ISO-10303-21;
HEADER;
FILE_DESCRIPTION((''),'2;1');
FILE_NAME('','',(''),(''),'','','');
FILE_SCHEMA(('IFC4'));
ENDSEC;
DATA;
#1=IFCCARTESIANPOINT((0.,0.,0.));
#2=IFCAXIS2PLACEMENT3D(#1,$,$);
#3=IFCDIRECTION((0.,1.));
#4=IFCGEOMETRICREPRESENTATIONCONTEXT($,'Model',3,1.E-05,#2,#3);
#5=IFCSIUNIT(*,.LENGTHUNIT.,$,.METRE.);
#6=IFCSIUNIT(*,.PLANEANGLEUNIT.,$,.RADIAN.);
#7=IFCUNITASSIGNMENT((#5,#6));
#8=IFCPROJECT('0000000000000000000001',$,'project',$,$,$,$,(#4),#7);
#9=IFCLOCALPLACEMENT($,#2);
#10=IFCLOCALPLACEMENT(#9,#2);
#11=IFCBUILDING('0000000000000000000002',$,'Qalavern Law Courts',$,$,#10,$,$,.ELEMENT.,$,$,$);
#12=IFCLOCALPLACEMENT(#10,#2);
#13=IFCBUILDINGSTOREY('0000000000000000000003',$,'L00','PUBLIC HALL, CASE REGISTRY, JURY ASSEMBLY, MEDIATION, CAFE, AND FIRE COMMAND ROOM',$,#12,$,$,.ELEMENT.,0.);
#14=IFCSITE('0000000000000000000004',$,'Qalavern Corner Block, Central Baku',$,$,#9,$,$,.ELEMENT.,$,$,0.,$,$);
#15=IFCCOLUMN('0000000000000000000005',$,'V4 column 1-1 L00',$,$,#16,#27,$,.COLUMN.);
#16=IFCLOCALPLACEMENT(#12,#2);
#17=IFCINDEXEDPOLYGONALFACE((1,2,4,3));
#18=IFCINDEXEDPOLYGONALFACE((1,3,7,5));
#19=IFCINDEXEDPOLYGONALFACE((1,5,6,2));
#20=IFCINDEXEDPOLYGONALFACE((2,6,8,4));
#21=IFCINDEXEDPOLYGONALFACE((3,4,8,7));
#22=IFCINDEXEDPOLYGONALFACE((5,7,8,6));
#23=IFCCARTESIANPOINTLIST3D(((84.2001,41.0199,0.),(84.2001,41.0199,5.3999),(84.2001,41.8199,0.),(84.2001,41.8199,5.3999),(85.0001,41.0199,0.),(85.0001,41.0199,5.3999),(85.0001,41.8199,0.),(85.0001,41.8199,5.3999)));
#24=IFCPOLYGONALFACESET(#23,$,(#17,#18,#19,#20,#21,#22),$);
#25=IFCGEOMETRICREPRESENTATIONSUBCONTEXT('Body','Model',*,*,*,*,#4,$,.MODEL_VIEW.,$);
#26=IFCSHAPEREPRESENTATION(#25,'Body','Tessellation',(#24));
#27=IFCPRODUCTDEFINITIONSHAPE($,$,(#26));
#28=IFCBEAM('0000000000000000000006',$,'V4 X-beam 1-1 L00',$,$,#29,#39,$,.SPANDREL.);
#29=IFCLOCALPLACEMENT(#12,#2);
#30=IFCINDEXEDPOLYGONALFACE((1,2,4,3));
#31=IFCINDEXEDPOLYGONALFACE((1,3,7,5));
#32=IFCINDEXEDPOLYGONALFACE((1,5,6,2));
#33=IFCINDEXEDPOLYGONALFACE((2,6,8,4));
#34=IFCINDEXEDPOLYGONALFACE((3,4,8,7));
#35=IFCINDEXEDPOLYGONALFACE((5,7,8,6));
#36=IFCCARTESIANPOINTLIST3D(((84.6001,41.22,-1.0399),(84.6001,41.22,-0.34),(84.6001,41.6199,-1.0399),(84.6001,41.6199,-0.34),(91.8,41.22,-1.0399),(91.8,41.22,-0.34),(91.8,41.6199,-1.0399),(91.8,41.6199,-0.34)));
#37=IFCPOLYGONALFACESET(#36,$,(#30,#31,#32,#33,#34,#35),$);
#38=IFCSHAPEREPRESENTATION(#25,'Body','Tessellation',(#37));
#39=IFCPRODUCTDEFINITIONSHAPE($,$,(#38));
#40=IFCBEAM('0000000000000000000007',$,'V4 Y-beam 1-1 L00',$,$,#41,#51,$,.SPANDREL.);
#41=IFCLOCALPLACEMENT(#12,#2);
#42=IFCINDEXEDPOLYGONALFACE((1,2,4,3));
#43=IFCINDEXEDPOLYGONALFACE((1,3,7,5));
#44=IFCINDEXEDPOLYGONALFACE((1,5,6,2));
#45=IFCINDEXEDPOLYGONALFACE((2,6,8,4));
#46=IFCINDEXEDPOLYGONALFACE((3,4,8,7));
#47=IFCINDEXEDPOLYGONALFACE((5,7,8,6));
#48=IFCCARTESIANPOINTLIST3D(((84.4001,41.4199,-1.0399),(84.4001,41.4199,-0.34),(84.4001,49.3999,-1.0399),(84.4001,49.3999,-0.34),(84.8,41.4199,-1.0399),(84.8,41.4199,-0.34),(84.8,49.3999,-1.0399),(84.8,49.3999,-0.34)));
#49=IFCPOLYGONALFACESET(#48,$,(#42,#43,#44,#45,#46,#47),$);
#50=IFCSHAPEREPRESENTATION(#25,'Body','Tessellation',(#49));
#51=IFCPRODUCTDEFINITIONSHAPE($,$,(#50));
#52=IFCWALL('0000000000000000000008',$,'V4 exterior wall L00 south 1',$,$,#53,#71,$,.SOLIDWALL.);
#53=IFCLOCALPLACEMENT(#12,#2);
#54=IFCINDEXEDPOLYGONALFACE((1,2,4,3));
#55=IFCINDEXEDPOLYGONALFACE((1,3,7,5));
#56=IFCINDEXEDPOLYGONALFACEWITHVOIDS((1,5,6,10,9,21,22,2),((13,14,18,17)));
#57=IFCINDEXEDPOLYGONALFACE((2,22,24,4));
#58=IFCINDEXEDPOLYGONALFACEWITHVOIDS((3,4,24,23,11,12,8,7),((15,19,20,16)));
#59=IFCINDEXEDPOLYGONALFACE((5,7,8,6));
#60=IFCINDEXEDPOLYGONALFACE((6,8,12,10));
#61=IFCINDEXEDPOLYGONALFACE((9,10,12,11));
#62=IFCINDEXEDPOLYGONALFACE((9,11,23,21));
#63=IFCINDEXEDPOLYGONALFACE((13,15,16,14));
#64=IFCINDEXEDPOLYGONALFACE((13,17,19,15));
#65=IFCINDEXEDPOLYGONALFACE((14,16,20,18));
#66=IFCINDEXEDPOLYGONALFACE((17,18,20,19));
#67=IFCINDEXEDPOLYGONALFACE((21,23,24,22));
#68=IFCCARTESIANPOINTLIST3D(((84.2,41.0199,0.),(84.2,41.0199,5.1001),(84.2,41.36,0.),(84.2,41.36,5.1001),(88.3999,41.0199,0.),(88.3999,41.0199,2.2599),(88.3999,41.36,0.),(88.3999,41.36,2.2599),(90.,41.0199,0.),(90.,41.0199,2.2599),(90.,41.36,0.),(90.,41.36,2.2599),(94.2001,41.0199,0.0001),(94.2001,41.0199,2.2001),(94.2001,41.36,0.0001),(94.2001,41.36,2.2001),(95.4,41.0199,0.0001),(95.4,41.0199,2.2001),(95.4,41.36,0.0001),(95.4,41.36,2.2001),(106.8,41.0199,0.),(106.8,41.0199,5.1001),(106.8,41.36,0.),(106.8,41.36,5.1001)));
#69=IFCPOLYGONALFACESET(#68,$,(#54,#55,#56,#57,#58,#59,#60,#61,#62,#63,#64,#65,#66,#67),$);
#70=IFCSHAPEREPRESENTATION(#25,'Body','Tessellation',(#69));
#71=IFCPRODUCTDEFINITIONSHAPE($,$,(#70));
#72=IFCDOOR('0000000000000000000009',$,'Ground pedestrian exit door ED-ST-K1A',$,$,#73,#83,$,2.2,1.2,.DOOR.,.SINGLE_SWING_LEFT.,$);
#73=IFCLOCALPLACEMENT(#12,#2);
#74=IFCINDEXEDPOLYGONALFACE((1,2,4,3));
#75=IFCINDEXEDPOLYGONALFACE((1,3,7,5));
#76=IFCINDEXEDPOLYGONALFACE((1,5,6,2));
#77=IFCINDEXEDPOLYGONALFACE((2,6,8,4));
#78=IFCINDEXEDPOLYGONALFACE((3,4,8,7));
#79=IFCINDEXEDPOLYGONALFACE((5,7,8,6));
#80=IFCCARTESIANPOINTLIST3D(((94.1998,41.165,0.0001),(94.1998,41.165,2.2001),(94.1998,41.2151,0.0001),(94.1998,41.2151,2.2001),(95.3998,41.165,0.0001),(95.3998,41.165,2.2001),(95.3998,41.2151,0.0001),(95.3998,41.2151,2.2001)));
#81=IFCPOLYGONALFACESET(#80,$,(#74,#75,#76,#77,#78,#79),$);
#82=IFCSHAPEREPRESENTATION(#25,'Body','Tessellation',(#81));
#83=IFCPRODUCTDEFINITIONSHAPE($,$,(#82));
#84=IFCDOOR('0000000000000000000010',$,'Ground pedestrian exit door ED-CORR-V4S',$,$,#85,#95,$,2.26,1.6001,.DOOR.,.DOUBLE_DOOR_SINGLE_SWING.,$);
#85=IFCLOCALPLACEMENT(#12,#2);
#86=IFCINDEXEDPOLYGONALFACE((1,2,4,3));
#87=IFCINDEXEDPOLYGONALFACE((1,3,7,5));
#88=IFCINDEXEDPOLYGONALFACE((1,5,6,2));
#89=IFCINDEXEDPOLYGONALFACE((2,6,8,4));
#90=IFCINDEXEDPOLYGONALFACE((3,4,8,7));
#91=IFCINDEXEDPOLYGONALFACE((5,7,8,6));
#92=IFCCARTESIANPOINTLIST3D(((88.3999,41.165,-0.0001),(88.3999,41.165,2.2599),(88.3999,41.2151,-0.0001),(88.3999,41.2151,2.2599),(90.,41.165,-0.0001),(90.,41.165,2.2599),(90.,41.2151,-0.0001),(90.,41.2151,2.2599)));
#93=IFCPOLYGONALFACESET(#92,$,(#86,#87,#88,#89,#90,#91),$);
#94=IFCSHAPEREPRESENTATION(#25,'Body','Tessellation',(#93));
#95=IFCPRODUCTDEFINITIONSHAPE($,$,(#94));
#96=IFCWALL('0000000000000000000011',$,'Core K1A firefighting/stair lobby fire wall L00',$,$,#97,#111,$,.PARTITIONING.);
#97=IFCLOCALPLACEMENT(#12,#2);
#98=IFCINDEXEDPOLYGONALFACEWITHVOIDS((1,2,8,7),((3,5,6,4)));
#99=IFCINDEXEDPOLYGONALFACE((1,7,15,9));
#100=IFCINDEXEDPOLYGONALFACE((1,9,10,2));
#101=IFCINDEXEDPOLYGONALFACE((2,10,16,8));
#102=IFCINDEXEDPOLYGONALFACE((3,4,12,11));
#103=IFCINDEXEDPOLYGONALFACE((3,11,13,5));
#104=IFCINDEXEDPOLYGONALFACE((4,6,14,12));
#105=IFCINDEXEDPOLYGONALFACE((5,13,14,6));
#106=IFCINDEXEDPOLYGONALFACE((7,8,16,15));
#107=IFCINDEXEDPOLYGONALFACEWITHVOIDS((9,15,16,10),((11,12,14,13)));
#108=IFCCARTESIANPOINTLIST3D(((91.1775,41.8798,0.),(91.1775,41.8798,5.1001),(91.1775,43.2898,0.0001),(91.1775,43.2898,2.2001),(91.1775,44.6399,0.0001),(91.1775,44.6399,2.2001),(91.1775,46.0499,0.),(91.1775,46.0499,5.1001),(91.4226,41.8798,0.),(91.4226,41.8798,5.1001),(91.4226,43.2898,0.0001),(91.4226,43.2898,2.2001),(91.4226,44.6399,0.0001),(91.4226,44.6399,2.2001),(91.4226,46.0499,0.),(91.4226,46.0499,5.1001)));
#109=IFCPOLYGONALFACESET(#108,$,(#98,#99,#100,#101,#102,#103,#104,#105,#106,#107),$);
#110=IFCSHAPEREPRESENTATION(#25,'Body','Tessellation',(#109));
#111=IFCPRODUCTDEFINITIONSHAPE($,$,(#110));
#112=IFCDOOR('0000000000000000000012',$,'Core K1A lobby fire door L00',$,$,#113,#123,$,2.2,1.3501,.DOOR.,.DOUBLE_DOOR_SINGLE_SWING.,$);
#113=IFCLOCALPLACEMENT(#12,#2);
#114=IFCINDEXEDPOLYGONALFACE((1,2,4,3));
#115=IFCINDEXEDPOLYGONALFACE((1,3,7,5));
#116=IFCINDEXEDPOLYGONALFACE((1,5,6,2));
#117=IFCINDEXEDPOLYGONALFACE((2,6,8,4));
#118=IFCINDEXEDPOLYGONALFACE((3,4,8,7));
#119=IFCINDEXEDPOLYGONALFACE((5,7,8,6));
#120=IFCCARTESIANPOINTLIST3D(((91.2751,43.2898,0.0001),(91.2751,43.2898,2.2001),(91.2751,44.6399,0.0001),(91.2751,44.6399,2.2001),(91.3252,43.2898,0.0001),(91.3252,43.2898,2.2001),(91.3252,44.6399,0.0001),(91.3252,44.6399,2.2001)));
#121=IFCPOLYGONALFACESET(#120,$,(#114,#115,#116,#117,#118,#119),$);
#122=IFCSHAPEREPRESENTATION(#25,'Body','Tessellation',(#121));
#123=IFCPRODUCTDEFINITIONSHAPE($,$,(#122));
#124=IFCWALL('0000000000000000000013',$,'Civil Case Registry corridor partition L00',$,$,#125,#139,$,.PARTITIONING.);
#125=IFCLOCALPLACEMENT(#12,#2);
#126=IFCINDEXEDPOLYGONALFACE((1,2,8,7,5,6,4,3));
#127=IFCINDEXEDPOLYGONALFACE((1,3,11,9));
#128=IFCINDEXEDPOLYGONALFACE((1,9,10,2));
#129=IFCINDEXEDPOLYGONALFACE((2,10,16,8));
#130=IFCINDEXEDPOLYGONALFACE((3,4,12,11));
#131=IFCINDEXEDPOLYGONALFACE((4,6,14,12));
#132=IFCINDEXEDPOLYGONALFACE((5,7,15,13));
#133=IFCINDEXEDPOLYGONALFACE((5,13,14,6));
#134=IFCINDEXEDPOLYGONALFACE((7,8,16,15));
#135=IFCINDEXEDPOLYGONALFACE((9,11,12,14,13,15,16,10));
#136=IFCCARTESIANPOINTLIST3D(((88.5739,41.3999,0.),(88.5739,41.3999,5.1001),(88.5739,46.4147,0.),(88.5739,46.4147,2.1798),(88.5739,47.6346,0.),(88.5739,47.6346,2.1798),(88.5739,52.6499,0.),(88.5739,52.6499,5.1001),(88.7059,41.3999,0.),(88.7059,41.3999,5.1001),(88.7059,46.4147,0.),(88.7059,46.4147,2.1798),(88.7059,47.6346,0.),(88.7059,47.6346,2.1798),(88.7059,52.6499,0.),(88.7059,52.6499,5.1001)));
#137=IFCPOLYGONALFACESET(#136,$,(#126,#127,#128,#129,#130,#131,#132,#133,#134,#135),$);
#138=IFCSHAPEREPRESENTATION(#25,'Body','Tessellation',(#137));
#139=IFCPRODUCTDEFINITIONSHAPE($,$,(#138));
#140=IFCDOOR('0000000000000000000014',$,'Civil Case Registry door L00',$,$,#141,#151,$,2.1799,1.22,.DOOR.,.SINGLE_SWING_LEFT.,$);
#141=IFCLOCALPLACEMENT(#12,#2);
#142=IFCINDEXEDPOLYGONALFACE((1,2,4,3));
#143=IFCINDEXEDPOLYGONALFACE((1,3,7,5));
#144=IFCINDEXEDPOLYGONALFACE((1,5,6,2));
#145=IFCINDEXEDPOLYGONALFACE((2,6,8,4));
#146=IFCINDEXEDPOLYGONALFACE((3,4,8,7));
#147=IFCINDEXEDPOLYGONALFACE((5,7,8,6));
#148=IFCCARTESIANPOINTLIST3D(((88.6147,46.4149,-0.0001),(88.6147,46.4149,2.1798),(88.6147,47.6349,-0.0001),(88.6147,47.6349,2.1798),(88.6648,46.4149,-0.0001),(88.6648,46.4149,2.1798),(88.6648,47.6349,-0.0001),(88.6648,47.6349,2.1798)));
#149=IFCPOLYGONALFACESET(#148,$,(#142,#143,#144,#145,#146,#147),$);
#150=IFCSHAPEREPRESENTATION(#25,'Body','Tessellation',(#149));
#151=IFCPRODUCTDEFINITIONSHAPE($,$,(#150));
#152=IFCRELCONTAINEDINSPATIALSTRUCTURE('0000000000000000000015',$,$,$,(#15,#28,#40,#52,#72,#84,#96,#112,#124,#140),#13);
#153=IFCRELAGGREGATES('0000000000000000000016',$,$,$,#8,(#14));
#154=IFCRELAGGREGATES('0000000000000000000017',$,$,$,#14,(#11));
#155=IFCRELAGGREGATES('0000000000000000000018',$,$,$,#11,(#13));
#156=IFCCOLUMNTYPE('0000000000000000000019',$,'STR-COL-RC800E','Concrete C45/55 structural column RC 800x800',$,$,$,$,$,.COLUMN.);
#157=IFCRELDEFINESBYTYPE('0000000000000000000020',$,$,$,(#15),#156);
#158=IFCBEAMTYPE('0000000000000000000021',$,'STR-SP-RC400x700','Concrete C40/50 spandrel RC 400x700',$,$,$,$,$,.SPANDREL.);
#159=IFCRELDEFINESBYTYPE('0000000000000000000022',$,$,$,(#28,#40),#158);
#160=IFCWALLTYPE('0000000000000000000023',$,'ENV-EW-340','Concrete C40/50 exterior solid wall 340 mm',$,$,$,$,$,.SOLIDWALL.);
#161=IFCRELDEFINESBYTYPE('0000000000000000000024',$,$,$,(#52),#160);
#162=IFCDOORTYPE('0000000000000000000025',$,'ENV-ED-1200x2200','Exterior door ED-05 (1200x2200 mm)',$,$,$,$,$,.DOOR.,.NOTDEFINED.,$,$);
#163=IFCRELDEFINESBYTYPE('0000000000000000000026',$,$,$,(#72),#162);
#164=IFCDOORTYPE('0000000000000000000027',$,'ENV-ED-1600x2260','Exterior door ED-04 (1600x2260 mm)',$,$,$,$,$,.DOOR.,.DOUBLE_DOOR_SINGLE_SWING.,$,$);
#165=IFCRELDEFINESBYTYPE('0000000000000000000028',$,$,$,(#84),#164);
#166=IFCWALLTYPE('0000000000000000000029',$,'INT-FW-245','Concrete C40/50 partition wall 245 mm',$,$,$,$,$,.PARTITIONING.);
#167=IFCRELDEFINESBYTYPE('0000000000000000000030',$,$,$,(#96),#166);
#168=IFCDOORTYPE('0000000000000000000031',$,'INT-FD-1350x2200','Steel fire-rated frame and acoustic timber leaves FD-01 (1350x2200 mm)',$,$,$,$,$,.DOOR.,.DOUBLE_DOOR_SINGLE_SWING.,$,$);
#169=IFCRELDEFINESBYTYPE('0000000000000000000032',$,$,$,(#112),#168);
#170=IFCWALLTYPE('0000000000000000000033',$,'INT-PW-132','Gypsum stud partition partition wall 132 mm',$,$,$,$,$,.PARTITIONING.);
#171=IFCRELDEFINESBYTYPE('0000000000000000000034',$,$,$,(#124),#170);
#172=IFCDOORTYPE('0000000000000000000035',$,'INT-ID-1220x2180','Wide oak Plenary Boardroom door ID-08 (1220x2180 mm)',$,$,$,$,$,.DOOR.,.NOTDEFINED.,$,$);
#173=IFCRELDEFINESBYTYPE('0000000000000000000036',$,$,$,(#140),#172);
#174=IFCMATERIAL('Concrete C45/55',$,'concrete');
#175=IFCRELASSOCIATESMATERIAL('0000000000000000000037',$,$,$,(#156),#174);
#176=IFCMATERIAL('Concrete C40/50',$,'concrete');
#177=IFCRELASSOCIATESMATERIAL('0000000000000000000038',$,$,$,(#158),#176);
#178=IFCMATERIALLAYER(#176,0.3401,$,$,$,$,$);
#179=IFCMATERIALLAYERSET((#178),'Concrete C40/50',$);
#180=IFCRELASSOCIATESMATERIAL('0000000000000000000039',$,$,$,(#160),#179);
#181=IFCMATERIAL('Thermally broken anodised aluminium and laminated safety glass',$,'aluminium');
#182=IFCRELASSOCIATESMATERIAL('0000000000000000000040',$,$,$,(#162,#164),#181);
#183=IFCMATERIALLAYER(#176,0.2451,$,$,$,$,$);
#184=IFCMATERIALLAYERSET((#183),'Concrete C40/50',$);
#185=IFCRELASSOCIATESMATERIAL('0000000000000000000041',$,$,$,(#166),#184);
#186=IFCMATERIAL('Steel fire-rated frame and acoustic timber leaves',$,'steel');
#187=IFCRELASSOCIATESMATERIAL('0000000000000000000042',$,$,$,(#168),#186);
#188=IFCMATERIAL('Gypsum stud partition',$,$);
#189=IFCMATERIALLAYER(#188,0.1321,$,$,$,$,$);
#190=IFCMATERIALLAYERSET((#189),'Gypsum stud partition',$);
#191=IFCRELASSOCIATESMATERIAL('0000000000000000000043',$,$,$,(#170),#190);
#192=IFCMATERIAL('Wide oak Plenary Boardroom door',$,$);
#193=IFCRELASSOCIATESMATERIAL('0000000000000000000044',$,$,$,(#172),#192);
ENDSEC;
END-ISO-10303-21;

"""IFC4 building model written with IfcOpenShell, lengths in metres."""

from ifc_helpers import new_model, si_unit, direction, frame, frame_2d, origin, origin_2d, place, context, subcontext, project, spatial, rectangle, extrude, material, layer, layer_set, material_profile, profile_set, type_object, element, fill, save


model = new_model("IFC4")

# Units and contexts
model_context = context("Model", 3, precision=1e-05, world=origin(), true_north=direction((0.0, 1.0)))
body_context = subcontext(model_context, "Body", "Model", "MODEL_VIEW")
ifc_project = project(units=[si_unit("LENGTHUNIT", "METRE"), si_unit("PLANEANGLEUNIT", "RADIAN")], contexts=[model_context])

# Site, building, storey
site_placement = place(None, origin())
site = spatial("IfcSite", under=ifc_project, at=site_placement, Name="Qalavern Corner Block, Central Baku", CompositionType="ELEMENT", RefElevation=0.0)
building_placement = place(site_placement, origin())
building = spatial("IfcBuilding", under=site, at=building_placement, Name="Qalavern Law Courts", CompositionType="ELEMENT")
storey_placement = place(building_placement, origin())
storey = spatial("IfcBuildingStorey", under=building, at=storey_placement, Name="L00", Description="PUBLIC HALL, CASE REGISTRY, JURY ASSEMBLY, MEDIATION, CAFE, AND FIRE COMMAND ROOM", CompositionType="ELEMENT", Elevation=0.0)

# Column
ifc_material_1 = material(Name="Concrete C45/55", Category="concrete")
ifc_material_profile_1 = material_profile(ifc_material_1, rectangle(XDim=0.8, YDim=0.8, at=origin_2d()), Name="RC 800x800")
ifc_profile_set_1 = profile_set([ifc_material_profile_1], Name="Concrete C45/55")
column_type = type_object("IfcColumnType", Name="STR-COL-RC800E", Description="Concrete C45/55 structural column RC 800x800", PredefinedType="COLUMN", material=ifc_profile_set_1)
column_placement = place(storey_placement, frame((84.6001, 41.4199, 0.0), z_axis=(0.0, 0.0, 1.0), x_axis=(1.0, 0.0, 0.0)))
element("IfcColumn", 1, at=column_placement, inside=storey, type_object=column_type, Name="V4 column 1-1 L00", PredefinedType="COLUMN", context=body_context, shape_type="SweptSolid", body=[
    extrude(rectangle(XDim=0.8, YDim=0.8, at=origin_2d()), origin(), (0.0, 0.0, 1.0), 5.3999),
])

# Beams
ifc_material_2 = material(Name="Concrete C40/50", Category="concrete")
ifc_material_profile_2 = material_profile(ifc_material_2, rectangle(XDim=0.3999, YDim=0.7, at=origin_2d()), Name="RC 400x700")
ifc_profile_set_2 = profile_set([ifc_material_profile_2], Name="Concrete C40/50")
beam_type = type_object("IfcBeamType", Name="STR-SP-RC400x700", Description="Concrete C40/50 spandrel RC 400x700", PredefinedType="SPANDREL", material=ifc_profile_set_2)
beam_1_placement = place(storey_placement, frame((84.6001, 41.4199, -0.6899), z_axis=(1.0, 0.0, 0.0), x_axis=(0.0, 1.0, 0.0)))
element("IfcBeam", 2, at=beam_1_placement, inside=storey, type_object=beam_type, Name="V4 X-beam 1-1 L00", PredefinedType="SPANDREL", context=body_context, shape_type="SweptSolid", body=[
    extrude(rectangle(XDim=0.3999, YDim=0.7, at=origin_2d()), origin(), (0.0, 0.0, 1.0), 7.2),
])
beam_2_placement = place(storey_placement, frame((84.6001, 41.4199, -0.6899), z_axis=(0.0, 1.0, 0.0), x_axis=(-1.0, 0.0, 0.0)))
element("IfcBeam", 3, at=beam_2_placement, inside=storey, type_object=beam_type, Name="V4 Y-beam 1-1 L00", PredefinedType="SPANDREL", context=body_context, shape_type="SweptSolid", body=[
    extrude(rectangle(XDim=0.3999, YDim=0.7, at=origin_2d()), origin(), (0.0, 0.0, 1.0), 7.98),
])

# Wall, openings, doors
ifc_layer_1 = layer(ifc_material_2, 0.3401)
ifc_layer_set_1 = layer_set([ifc_layer_1], Name="Concrete C40/50")
wall_type_1 = type_object("IfcWallType", Name="ENV-EW-340", Description="Concrete C40/50 exterior solid wall 340 mm", PredefinedType="SOLIDWALL", material=ifc_layer_set_1)
wall_1_placement = place(storey_placement, frame((84.2, 41.1899, 0.0), z_axis=(0.0, 0.0, 1.0), x_axis=(1.0, 0.0, 0.0)))
wall_1 = element("IfcWall", 4, at=wall_1_placement, inside=storey, type_object=wall_type_1, Name="V4 exterior wall L00 south 1", PredefinedType="SOLIDWALL", context=body_context, shape_type="SweptSolid", body=[
    extrude(rectangle(XDim=22.6001, YDim=0.3401, at=frame_2d((11.3, 0.0))), origin(), (0.0, 0.0, 1.0), 5.1001),
])
opening_1_placement = place(wall_1_placement, frame((4.2, 0.0, 0.0)))
opening_1 = element("IfcOpeningElement", 5, at=opening_1_placement, cuts=wall_1, PredefinedType="OPENING", context=body_context, shape_type="SweptSolid", body=[
    extrude(rectangle(XDim=1.6001, YDim=2.26, at=frame_2d((0.8, 1.1299))), frame((0.0, 0.1851, 0.0), z_axis=(0.0, -1.0, 0.0), x_axis=(1.0, 0.0, 0.0)), (0.0, 0.0, 1.0), 0.3699),
])
opening_2_placement = place(wall_1_placement, frame((10.0, 0.0, 0.0)))
opening_2 = element("IfcOpeningElement", 6, at=opening_2_placement, cuts=wall_1, PredefinedType="OPENING", context=body_context, shape_type="SweptSolid", body=[
    extrude(rectangle(XDim=1.2, YDim=2.2, at=frame_2d((0.6001, 1.1001))), frame((0.0, 0.1851, 0.0), z_axis=(0.0, -1.0, 0.0), x_axis=(1.0, 0.0, 0.0)), (0.0, 0.0, 1.0), 0.3699),
])
ifc_material_3 = material(Name="Thermally broken anodised aluminium and laminated safety glass", Category="aluminium")
door_type_1 = type_object("IfcDoorType", Name="ENV-ED-1200x2200", Description="Exterior door ED-05 (1200x2200 mm)", OperationType="NOTDEFINED", PredefinedType="DOOR", material=ifc_material_3)
door_1_placement = place(opening_2_placement, frame((1.2, 0.0, 0.0), z_axis=(0.0, 0.0, 1.0), x_axis=(-1.0, 0.0, 0.0)))
door_1 = element("IfcDoor", 7, at=door_1_placement, inside=storey, type_object=door_type_1, Name="Ground pedestrian exit door ED-ST-K1A", OperationType="SINGLE_SWING_LEFT", OverallHeight=2.2, OverallWidth=1.2, PredefinedType="DOOR", context=body_context, shape_type="SweptSolid", body=[
    extrude(rectangle(XDim=1.2, YDim=2.2, at=frame_2d((0.6001, 1.1001))), frame((0.0, 0.0249, 0.0), z_axis=(0.0, -1.0, 0.0), x_axis=(1.0, 0.0, 0.0)), (0.0, 0.0, 1.0), 0.05),
])
fill(opening_2, door_1)
door_type_2 = type_object("IfcDoorType", Name="ENV-ED-1600x2260", Description="Exterior door ED-04 (1600x2260 mm)", OperationType="DOUBLE_DOOR_SINGLE_SWING", PredefinedType="DOOR", material=ifc_material_3)
door_2_placement = place(opening_1_placement, frame((1.6001, 0.0, 0.0), z_axis=(0.0, 0.0, 1.0), x_axis=(-1.0, 0.0, 0.0)))
door_2 = element("IfcDoor", 8, at=door_2_placement, inside=storey, type_object=door_type_2, Name="Ground pedestrian exit door ED-CORR-V4S", OperationType="DOUBLE_DOOR_SINGLE_SWING", OverallHeight=2.26, OverallWidth=1.6001, PredefinedType="DOOR", context=body_context, shape_type="SweptSolid", body=[
    extrude(rectangle(XDim=1.6001, YDim=2.26, at=frame_2d((0.8, 1.1299))), frame((0.0, 0.0249, 0.0), z_axis=(0.0, -1.0, 0.0), x_axis=(1.0, 0.0, 0.0)), (0.0, 0.0, 1.0), 0.05),
])
fill(opening_1, door_2)

# Walls, openings, doors
ifc_layer_2 = layer(ifc_material_2, 0.2451)
ifc_layer_set_2 = layer_set([ifc_layer_2], Name="Concrete C40/50")
wall_type_2 = type_object("IfcWallType", Name="INT-FW-245", Description="Concrete C40/50 partition wall 245 mm", PredefinedType="PARTITIONING", material=ifc_layer_set_2)
wall_2_placement = place(storey_placement, frame((91.3, 41.8799, 0.0), z_axis=(0.0, 0.0, 1.0), x_axis=(0.0, 1.0, 0.0)))
wall_2 = element("IfcWall", 9, at=wall_2_placement, inside=storey, type_object=wall_type_2, Name="Core K1A firefighting/stair lobby fire wall L00", PredefinedType="PARTITIONING", context=body_context, shape_type="SweptSolid", body=[
    extrude(rectangle(XDim=4.1702, YDim=0.2451, at=frame_2d((2.085, 0.0))), origin(), (0.0, 0.0, 1.0), 5.1001),
])
opening_3_placement = place(wall_2_placement, frame((1.4099, 0.0, 0.0)))
opening_3 = element("IfcOpeningElement", 10, at=opening_3_placement, cuts=wall_2, PredefinedType="OPENING", context=body_context, shape_type="SweptSolid", body=[
    extrude(rectangle(XDim=1.3501, YDim=2.2, at=frame_2d((0.675, 1.1001))), frame((0.0, 0.1375, 0.0), z_axis=(0.0, -1.0, 0.0), x_axis=(1.0, 0.0, 0.0)), (0.0, 0.0, 1.0), 0.2749),
])
ifc_material_4 = material(Name="Steel fire-rated frame and acoustic timber leaves", Category="steel")
door_type_3 = type_object("IfcDoorType", Name="INT-FD-1350x2200", Description="Steel fire-rated frame and acoustic timber leaves FD-01 (1350x2200 mm)", OperationType="DOUBLE_DOOR_SINGLE_SWING", PredefinedType="DOOR", material=ifc_material_4)
door_3_placement = place(opening_3_placement, origin())
door_3 = element("IfcDoor", 11, at=door_3_placement, inside=storey, type_object=door_type_3, Name="Core K1A lobby fire door L00", OperationType="DOUBLE_DOOR_SINGLE_SWING", OverallHeight=2.2, OverallWidth=1.3501, PredefinedType="DOOR", context=body_context, shape_type="SweptSolid", body=[
    extrude(rectangle(XDim=1.3501, YDim=2.2, at=frame_2d((0.675, 1.1001))), frame((0.0, 0.0249, 0.0), z_axis=(0.0, -1.0, 0.0), x_axis=(1.0, 0.0, 0.0)), (0.0, 0.0, 1.0), 0.05),
])
fill(opening_3, door_3)
ifc_material_5 = material(Name="Gypsum stud partition")
ifc_layer_3 = layer(ifc_material_5, 0.1321)
ifc_layer_set_3 = layer_set([ifc_layer_3], Name="Gypsum stud partition")
wall_type_3 = type_object("IfcWallType", Name="INT-PW-132", Description="Gypsum stud partition partition wall 132 mm", PredefinedType="PARTITIONING", material=ifc_layer_set_3)
wall_3_placement = place(storey_placement, frame((88.6399, 41.3999, 0.0), z_axis=(0.0, 0.0, 1.0), x_axis=(0.0, 1.0, 0.0)))
wall_3 = element("IfcWall", 12, at=wall_3_placement, inside=storey, type_object=wall_type_3, Name="Civil Case Registry corridor partition L00", PredefinedType="PARTITIONING", context=body_context, shape_type="SweptSolid", body=[
    extrude(rectangle(XDim=11.25, YDim=0.1321, at=frame_2d((5.625, 0.0))), origin(), (0.0, 0.0, 1.0), 5.1001),
])
opening_4_placement = place(wall_3_placement, frame((5.0149, 0.0, 0.0)))
opening_4 = element("IfcOpeningElement", 13, at=opening_4_placement, cuts=wall_3, PredefinedType="OPENING", context=body_context, shape_type="SweptSolid", body=[
    extrude(rectangle(XDim=1.22, YDim=2.1799, at=frame_2d((0.6099, 1.0898))), frame((0.0, 0.0811, 0.0), z_axis=(0.0, -1.0, 0.0), x_axis=(1.0, 0.0, 0.0)), (0.0, 0.0, 1.0), 0.1619),
])
ifc_material_6 = material(Name="Wide oak Plenary Boardroom door")
door_type_4 = type_object("IfcDoorType", Name="INT-ID-1220x2180", Description="Wide oak Plenary Boardroom door ID-08 (1220x2180 mm)", OperationType="NOTDEFINED", PredefinedType="DOOR", material=ifc_material_6)
door_4_placement = place(opening_4_placement, frame((1.22, 0.0, 0.0), z_axis=(0.0, 0.0, 1.0), x_axis=(-1.0, 0.0, 0.0)))
door_4 = element("IfcDoor", 14, at=door_4_placement, inside=storey, type_object=door_type_4, Name="Civil Case Registry door L00", OperationType="SINGLE_SWING_LEFT", OverallHeight=2.1799, OverallWidth=1.22, PredefinedType="DOOR", context=body_context, shape_type="SweptSolid", body=[
    extrude(rectangle(XDim=1.22, YDim=2.1799, at=frame_2d((0.6099, 1.0898))), frame((0.0, 0.0249, 0.0), z_axis=(0.0, -1.0, 0.0), x_axis=(1.0, 0.0, 0.0)), (0.0, 0.0, 1.0), 0.05),
])
fill(opening_4, door_4)

save(model, "model.ifc")
